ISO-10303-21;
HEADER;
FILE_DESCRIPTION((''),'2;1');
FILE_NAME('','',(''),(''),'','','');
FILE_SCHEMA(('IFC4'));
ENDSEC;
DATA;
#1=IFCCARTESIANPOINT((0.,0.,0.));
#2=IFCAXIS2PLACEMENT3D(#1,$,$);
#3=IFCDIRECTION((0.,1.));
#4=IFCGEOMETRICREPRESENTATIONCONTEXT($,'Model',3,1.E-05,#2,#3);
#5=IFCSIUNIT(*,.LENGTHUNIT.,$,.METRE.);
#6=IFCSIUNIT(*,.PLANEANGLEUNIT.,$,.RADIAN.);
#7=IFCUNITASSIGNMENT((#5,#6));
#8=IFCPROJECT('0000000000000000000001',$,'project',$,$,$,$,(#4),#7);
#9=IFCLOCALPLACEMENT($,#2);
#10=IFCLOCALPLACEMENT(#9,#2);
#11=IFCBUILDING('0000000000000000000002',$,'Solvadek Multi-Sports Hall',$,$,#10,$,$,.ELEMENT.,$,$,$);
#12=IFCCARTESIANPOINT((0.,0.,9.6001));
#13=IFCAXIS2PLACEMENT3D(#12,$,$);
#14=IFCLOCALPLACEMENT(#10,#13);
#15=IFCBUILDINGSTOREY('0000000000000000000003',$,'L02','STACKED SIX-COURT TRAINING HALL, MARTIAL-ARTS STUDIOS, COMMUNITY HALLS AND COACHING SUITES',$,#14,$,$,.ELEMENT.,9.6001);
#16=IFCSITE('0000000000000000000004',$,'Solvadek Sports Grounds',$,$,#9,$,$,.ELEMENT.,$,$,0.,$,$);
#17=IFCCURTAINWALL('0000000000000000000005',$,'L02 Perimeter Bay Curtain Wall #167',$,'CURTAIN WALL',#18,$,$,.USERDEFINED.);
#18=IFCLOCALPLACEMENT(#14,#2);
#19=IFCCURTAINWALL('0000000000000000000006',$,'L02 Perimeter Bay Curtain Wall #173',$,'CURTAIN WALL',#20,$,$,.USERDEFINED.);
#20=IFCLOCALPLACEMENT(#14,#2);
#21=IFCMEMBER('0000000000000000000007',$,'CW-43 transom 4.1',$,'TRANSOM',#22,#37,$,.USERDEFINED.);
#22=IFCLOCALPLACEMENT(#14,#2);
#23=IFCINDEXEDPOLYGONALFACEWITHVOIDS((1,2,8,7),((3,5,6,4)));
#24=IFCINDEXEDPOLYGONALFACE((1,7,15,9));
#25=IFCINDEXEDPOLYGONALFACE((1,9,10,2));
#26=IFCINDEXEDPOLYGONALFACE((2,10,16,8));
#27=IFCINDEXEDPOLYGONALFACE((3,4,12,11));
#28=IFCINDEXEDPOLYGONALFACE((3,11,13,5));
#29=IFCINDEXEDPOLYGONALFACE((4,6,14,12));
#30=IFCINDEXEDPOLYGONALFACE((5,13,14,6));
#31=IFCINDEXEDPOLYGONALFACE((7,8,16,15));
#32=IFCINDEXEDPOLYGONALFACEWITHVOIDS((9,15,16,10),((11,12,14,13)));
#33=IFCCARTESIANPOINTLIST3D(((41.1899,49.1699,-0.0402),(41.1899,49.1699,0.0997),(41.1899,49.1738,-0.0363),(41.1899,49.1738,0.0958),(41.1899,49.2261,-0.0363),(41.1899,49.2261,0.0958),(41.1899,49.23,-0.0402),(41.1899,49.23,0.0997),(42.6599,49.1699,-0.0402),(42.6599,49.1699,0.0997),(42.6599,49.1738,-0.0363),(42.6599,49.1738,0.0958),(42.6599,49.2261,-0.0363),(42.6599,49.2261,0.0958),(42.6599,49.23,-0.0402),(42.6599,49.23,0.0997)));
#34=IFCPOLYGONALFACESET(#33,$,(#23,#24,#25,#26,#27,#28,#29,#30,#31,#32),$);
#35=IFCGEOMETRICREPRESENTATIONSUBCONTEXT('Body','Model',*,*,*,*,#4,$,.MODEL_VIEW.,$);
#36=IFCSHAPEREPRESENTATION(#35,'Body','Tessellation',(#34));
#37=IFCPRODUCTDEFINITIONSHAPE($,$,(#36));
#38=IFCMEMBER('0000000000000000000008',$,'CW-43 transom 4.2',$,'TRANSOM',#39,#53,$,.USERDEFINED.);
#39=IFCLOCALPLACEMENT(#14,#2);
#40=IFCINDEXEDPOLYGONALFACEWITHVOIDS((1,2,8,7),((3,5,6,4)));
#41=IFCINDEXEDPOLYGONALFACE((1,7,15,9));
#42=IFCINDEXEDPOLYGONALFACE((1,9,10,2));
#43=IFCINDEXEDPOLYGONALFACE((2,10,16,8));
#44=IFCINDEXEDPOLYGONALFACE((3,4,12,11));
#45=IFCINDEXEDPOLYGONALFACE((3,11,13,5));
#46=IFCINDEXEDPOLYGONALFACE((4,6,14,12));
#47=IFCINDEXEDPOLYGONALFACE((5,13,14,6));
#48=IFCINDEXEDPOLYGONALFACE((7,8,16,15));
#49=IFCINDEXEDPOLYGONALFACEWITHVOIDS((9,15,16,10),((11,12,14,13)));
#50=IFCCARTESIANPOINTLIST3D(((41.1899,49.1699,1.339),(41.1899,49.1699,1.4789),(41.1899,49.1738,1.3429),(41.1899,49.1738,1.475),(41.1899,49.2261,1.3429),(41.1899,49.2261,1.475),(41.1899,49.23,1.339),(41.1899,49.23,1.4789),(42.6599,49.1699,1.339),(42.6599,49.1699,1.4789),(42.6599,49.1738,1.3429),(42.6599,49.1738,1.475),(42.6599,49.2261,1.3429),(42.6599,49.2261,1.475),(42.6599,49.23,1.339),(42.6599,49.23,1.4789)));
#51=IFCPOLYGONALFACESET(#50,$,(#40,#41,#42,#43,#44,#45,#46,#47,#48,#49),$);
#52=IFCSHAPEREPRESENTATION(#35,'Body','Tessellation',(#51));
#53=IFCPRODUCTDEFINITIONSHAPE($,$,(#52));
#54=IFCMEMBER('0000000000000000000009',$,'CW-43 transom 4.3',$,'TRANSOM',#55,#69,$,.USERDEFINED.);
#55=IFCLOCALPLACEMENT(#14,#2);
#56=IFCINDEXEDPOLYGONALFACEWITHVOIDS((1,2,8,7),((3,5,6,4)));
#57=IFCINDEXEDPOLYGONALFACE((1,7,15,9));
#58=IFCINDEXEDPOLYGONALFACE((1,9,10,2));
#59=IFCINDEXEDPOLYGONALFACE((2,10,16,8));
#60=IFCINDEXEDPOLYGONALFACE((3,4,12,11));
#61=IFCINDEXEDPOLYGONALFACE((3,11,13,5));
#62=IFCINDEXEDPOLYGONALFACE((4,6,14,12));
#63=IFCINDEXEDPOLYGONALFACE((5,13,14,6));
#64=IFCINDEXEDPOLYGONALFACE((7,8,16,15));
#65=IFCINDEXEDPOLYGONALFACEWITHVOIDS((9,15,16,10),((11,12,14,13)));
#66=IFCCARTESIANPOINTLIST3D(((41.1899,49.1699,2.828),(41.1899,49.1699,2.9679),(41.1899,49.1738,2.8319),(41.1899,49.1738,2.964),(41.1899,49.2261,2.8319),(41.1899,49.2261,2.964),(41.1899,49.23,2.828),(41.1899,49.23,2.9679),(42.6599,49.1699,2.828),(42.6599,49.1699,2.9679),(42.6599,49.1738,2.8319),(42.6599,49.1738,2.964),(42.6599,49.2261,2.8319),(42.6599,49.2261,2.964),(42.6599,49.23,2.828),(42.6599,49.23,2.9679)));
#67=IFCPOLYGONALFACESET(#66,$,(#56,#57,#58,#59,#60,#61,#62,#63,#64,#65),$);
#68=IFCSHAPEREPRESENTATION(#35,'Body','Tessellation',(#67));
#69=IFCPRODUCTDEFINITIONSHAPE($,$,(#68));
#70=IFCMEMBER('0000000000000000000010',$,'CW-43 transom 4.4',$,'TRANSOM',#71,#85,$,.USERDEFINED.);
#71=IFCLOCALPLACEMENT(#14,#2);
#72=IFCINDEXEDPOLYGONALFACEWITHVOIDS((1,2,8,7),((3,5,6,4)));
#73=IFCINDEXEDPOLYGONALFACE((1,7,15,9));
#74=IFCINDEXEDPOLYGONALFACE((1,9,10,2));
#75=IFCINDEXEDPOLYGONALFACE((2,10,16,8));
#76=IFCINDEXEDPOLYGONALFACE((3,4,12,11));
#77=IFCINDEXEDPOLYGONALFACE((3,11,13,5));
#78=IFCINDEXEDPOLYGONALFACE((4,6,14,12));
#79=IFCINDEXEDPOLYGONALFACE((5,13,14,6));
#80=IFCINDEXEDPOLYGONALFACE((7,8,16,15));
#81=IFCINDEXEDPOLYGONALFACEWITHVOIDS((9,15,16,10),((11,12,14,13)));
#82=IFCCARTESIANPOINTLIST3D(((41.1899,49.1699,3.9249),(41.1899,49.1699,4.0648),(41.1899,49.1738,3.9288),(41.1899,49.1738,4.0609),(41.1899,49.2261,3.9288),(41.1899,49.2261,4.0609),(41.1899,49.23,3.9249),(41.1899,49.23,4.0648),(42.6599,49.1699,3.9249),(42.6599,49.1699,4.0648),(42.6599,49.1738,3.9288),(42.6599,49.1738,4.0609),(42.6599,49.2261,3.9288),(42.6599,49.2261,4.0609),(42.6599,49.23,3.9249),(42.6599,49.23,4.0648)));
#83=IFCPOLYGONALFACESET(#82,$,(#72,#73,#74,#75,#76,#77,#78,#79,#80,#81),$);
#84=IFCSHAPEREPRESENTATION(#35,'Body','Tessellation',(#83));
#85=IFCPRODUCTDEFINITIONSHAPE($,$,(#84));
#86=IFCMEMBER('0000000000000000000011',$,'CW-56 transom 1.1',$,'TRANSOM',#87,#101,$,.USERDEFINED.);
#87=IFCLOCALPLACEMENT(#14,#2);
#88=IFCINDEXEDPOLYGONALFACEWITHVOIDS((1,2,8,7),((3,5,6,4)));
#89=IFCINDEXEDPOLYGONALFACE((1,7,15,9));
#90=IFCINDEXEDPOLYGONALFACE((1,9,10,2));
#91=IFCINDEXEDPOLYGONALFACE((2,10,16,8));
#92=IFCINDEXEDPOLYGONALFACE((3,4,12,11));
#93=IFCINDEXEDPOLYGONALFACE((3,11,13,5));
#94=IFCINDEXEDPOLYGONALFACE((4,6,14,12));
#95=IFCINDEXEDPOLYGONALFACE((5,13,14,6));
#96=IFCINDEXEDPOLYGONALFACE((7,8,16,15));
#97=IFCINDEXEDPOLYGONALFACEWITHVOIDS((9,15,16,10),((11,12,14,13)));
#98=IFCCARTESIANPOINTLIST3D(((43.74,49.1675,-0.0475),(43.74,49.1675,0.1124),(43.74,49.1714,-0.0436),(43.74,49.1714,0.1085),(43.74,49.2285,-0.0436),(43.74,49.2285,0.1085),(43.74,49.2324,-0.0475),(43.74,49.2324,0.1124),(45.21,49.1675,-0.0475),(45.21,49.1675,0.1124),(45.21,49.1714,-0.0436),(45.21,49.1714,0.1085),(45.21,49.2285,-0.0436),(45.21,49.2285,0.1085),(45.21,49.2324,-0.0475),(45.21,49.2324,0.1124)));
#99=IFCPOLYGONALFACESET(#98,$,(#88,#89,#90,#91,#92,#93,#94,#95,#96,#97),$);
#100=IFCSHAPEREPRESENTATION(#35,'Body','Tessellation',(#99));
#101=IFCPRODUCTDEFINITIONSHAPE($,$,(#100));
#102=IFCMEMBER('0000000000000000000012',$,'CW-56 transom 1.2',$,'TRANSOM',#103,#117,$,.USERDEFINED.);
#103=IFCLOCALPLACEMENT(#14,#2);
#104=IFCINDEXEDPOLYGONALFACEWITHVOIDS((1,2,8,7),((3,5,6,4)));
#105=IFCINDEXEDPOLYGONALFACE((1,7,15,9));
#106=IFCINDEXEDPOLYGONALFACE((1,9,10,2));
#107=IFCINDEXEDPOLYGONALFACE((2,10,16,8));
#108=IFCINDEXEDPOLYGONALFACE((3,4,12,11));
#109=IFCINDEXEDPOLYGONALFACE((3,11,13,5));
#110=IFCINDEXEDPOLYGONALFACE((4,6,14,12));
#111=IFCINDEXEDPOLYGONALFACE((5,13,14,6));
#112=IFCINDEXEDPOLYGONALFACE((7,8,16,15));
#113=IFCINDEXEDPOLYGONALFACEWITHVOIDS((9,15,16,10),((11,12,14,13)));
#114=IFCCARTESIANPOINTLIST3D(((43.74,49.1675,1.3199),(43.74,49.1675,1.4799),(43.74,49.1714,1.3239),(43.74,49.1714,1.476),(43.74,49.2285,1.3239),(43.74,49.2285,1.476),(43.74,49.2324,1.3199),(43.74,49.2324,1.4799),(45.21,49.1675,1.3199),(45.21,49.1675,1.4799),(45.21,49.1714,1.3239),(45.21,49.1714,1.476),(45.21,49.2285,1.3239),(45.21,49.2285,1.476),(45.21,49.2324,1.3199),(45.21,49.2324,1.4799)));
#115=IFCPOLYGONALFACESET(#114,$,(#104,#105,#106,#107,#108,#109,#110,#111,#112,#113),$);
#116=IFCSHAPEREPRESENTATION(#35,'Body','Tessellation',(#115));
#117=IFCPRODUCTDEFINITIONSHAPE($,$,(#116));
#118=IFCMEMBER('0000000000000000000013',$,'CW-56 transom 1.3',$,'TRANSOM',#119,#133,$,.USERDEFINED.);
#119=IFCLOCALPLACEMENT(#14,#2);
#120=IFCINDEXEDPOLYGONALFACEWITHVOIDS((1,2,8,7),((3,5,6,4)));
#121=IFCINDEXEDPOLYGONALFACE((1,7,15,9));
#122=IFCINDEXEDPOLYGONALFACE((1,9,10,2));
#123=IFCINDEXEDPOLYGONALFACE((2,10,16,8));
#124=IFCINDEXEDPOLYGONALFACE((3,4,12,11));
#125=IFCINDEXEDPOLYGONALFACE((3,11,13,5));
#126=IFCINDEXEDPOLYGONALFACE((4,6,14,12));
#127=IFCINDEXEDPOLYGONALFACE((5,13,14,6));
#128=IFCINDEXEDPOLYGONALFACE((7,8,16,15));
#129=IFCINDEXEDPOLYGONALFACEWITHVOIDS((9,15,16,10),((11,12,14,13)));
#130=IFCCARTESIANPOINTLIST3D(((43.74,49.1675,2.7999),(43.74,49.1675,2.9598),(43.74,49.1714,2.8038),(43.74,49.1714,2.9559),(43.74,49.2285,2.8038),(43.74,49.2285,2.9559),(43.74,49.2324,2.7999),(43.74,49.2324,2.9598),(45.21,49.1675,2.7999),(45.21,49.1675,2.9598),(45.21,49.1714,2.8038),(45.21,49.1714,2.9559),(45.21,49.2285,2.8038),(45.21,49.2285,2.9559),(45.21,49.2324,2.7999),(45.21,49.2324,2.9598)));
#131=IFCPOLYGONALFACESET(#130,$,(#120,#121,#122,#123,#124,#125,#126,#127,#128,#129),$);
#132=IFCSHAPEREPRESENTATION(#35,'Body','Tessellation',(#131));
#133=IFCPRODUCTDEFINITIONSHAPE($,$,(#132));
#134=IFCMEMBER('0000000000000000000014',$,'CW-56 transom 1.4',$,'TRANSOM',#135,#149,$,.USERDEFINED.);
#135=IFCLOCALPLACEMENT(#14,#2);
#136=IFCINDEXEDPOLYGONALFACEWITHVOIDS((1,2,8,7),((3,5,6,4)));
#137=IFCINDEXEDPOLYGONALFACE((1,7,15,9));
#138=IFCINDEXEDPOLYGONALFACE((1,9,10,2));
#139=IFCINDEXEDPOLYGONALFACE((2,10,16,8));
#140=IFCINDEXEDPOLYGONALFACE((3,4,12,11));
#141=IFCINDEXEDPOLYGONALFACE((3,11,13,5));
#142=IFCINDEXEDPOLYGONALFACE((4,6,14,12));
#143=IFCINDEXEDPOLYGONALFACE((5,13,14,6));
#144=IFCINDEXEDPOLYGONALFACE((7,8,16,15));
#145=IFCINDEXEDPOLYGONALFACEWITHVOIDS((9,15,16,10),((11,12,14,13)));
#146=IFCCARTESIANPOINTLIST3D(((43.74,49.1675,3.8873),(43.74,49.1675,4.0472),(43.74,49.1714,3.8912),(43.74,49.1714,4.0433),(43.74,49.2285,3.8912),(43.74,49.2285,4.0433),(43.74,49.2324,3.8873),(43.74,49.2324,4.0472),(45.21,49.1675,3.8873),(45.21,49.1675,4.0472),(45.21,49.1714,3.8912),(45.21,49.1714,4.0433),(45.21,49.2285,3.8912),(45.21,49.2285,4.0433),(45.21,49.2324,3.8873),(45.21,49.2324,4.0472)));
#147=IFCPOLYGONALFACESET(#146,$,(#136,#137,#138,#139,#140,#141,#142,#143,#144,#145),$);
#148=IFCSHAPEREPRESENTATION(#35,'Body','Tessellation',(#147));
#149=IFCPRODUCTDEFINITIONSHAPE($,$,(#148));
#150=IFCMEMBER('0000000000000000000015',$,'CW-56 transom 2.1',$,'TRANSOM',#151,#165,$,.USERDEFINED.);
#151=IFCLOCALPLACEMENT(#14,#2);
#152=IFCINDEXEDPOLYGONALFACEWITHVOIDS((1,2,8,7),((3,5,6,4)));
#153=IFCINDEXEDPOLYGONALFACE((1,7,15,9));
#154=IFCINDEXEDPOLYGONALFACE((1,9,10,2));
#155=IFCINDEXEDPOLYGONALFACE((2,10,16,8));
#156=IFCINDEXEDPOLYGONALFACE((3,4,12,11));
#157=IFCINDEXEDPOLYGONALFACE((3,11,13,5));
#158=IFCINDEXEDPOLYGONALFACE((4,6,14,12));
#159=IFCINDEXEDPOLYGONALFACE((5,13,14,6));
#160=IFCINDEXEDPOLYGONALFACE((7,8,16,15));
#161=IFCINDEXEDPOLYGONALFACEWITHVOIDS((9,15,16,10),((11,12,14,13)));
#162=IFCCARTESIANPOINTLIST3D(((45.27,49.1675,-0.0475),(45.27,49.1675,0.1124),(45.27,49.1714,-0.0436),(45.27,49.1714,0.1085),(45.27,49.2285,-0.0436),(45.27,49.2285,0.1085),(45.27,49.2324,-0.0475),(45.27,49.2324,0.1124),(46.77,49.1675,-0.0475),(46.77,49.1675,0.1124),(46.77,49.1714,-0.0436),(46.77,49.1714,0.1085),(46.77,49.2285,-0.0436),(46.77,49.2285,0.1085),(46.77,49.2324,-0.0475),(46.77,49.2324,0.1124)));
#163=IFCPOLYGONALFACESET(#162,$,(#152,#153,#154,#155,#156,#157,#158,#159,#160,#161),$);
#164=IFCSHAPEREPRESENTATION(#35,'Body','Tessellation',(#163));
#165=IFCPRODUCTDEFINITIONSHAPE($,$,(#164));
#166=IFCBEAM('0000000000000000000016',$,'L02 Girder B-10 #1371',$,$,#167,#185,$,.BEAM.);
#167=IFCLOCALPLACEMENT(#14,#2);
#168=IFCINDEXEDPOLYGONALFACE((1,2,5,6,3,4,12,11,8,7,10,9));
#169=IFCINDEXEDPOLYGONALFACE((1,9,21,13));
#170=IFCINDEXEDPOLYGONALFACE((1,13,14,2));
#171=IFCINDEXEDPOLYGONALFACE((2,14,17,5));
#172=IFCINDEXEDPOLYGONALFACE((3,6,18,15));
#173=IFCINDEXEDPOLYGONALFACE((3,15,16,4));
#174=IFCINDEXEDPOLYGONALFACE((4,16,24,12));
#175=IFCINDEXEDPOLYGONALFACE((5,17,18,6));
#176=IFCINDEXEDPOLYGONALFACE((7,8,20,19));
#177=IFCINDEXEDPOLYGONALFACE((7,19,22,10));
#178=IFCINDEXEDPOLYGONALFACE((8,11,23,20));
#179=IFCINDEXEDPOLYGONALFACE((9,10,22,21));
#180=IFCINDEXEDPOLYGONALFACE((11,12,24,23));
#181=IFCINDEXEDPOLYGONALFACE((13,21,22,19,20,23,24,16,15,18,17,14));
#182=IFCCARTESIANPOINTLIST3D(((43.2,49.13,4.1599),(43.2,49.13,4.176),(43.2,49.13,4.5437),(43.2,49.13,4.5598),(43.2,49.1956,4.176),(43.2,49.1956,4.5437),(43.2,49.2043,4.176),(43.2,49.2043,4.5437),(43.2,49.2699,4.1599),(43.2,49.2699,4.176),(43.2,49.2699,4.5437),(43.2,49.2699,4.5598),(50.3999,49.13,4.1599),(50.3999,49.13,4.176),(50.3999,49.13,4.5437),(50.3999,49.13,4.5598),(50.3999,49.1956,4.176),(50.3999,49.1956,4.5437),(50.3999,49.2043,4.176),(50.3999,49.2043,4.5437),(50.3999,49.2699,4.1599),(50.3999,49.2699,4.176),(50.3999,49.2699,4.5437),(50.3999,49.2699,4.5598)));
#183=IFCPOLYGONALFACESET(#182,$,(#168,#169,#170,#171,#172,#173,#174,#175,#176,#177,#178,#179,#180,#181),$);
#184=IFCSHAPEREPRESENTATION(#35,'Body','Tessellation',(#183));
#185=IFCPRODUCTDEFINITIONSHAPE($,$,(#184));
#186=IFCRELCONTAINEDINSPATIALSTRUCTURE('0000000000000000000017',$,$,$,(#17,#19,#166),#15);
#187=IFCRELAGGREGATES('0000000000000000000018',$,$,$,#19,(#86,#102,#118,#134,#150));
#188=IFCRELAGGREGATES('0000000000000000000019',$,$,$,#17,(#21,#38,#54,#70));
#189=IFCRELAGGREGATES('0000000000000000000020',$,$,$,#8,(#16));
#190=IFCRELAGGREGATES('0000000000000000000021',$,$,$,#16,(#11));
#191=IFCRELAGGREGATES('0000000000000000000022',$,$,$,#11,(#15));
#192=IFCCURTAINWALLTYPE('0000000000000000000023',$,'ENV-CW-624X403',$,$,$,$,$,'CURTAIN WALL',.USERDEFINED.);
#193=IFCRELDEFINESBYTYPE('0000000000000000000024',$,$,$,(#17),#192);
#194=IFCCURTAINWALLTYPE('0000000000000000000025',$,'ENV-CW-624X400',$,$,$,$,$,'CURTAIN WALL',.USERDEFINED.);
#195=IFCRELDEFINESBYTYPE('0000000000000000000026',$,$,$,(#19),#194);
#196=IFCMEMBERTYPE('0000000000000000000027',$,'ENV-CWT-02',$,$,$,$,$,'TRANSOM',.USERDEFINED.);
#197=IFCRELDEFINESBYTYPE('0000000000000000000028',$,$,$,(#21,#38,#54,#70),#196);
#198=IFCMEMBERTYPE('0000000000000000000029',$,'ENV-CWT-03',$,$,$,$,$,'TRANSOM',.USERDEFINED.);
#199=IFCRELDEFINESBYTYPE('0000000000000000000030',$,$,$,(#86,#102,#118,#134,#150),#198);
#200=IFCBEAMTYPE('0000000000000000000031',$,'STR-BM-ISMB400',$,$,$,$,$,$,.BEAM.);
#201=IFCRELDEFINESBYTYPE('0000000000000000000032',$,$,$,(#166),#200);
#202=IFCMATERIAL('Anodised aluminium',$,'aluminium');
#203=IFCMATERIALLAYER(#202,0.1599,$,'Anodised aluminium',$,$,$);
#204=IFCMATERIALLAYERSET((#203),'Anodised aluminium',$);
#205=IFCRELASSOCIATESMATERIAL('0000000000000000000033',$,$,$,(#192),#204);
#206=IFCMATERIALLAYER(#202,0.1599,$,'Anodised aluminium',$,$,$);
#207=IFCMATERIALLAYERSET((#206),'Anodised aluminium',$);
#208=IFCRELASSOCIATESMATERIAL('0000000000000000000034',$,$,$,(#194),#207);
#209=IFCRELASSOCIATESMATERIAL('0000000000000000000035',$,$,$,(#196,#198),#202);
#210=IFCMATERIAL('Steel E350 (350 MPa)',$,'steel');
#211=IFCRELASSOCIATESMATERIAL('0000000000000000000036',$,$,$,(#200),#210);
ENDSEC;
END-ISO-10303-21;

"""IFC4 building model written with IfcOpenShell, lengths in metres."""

from ifc_helpers import new_model, si_unit, direction, frame, origin, origin_2d, place, context, subcontext, project, spatial, hollow_rectangle, i_section, extrude, material, layer, layer_set, material_profile, profile_set, type_object, element, aggregate, save


model = new_model("IFC4")

# Units and contexts
model_context = context("Model", 3, precision=1e-05, world=origin(), true_north=direction((0.0, 1.0)))
body_context = subcontext(model_context, "Body", "Model", "MODEL_VIEW")
ifc_project = project(units=[si_unit("LENGTHUNIT", "METRE"), si_unit("PLANEANGLEUNIT", "RADIAN")], contexts=[model_context])

# Site, building, storey
site_placement = place(None, origin())
site = spatial("IfcSite", under=ifc_project, at=site_placement, Name="Solvadek Sports Grounds", CompositionType="ELEMENT", RefElevation=0.0)
building_placement = place(site_placement, origin())
building = spatial("IfcBuilding", under=site, at=building_placement, Name="Solvadek Multi-Sports Hall", CompositionType="ELEMENT")
storey_placement = place(building_placement, frame((0.0, 0.0, 9.6001)))
storey = spatial("IfcBuildingStorey", under=building, at=storey_placement, Name="L02", Description="STACKED SIX-COURT TRAINING HALL, MARTIAL-ARTS STUDIOS, COMMUNITY HALLS AND COACHING SUITES", CompositionType="ELEMENT", Elevation=9.6001)

# Shared definitions
ifc_material_1 = material(Name="Steel E350 (350 MPa)", Category="steel")

# Curtain walls
ifc_material_2 = material(Name="Anodised aluminium", Category="aluminium")
ifc_layer_1 = layer(ifc_material_2, 0.1599, Name="Anodised aluminium")
ifc_layer_set_1 = layer_set([ifc_layer_1], Name="Anodised aluminium")
curtain_wall_type_1 = type_object("IfcCurtainWallType", Name="ENV-CW-624X403", ElementType="CURTAIN WALL", PredefinedType="USERDEFINED", material=ifc_layer_set_1)
curtain_wall_1_placement = place(storey_placement, origin())
curtain_wall_1 = element("IfcCurtainWall", 1, at=curtain_wall_1_placement, inside=storey, type_object=curtain_wall_type_1, Name="L02 Perimeter Bay Curtain Wall #167", ObjectType="CURTAIN WALL", PredefinedType="USERDEFINED")
ifc_layer_2 = layer(ifc_material_2, 0.1599, Name="Anodised aluminium")
ifc_layer_set_2 = layer_set([ifc_layer_2], Name="Anodised aluminium")
curtain_wall_type_2 = type_object("IfcCurtainWallType", Name="ENV-CW-624X400", ElementType="CURTAIN WALL", PredefinedType="USERDEFINED", material=ifc_layer_set_2)
curtain_wall_2_placement = place(storey_placement, origin())
curtain_wall_2 = element("IfcCurtainWall", 2, at=curtain_wall_2_placement, inside=storey, type_object=curtain_wall_type_2, Name="L02 Perimeter Bay Curtain Wall #173", ObjectType="CURTAIN WALL", PredefinedType="USERDEFINED")

# Members
ifc_material_profile_1 = material_profile(ifc_material_2, hollow_rectangle(XDim=0.0601, YDim=0.1399, WallThickness=0.0039, at=origin_2d()), Name="ALU-T 140x60x4")
ifc_profile_set_1 = profile_set([ifc_material_profile_1], Name="Anodised aluminium")
member_type_1 = type_object("IfcMemberType", Name="ENV-CWT-02", ElementType="TRANSOM", PredefinedType="USERDEFINED", material=ifc_profile_set_1)
member_1_placement = place(storey_placement, frame((41.1899, 49.2, 0.0298), z_axis=(1.0, 0.0, 0.0), x_axis=(0.0, 1.0, 0.0)))
member_1 = element("IfcMember", 3, at=member_1_placement, type_object=member_type_1, Name="CW-43 transom 4.1", ObjectType="TRANSOM", PredefinedType="USERDEFINED", context=body_context, shape_type="SweptSolid", body=[
    extrude(hollow_rectangle(XDim=0.0601, YDim=0.1399, WallThickness=0.0039, at=origin_2d()), origin(), (0.0, 0.0, 1.0), 1.47),
])
member_2_placement = place(storey_placement, frame((41.1899, 49.2, 1.4089), z_axis=(1.0, 0.0, 0.0), x_axis=(0.0, 1.0, 0.0)))
member_2 = element("IfcMember", 4, at=member_2_placement, type_object=member_type_1, Name="CW-43 transom 4.2", ObjectType="TRANSOM", PredefinedType="USERDEFINED", context=body_context, shape_type="SweptSolid", body=[
    extrude(hollow_rectangle(XDim=0.0601, YDim=0.1399, WallThickness=0.0039, at=origin_2d()), origin(), (0.0, 0.0, 1.0), 1.47),
])
member_3_placement = place(storey_placement, frame((41.1899, 49.2, 2.8979), z_axis=(1.0, 0.0, 0.0), x_axis=(0.0, 1.0, 0.0)))
member_3 = element("IfcMember", 5, at=member_3_placement, type_object=member_type_1, Name="CW-43 transom 4.3", ObjectType="TRANSOM", PredefinedType="USERDEFINED", context=body_context, shape_type="SweptSolid", body=[
    extrude(hollow_rectangle(XDim=0.0601, YDim=0.1399, WallThickness=0.0039, at=origin_2d()), origin(), (0.0, 0.0, 1.0), 1.47),
])
member_4_placement = place(storey_placement, frame((41.1899, 49.2, 3.9949), z_axis=(1.0, 0.0, 0.0), x_axis=(0.0, 1.0, 0.0)))
member_4 = element("IfcMember", 6, at=member_4_placement, type_object=member_type_1, Name="CW-43 transom 4.4", ObjectType="TRANSOM", PredefinedType="USERDEFINED", context=body_context, shape_type="SweptSolid", body=[
    extrude(hollow_rectangle(XDim=0.0601, YDim=0.1399, WallThickness=0.0039, at=origin_2d()), origin(), (0.0, 0.0, 1.0), 1.47),
])
ifc_material_profile_2 = material_profile(ifc_material_2, hollow_rectangle(XDim=0.0649, YDim=0.1599, WallThickness=0.0039, at=origin_2d()), Name="ALU-T 160x65x4")
ifc_profile_set_2 = profile_set([ifc_material_profile_2], Name="Anodised aluminium")
member_type_2 = type_object("IfcMemberType", Name="ENV-CWT-03", ElementType="TRANSOM", PredefinedType="USERDEFINED", material=ifc_profile_set_2)
member_5_placement = place(storey_placement, frame((43.74, 49.2, 0.0325), z_axis=(1.0, 0.0, 0.0), x_axis=(0.0, 1.0, 0.0)))
member_5 = element("IfcMember", 7, at=member_5_placement, type_object=member_type_2, Name="CW-56 transom 1.1", ObjectType="TRANSOM", PredefinedType="USERDEFINED", context=body_context, shape_type="SweptSolid", body=[
    extrude(hollow_rectangle(XDim=0.0649, YDim=0.1599, WallThickness=0.0039, at=origin_2d()), origin(), (0.0, 0.0, 1.0), 1.47),
])
member_6_placement = place(storey_placement, frame((43.74, 49.2, 1.3999), z_axis=(1.0, 0.0, 0.0), x_axis=(0.0, 1.0, 0.0)))
member_6 = element("IfcMember", 8, at=member_6_placement, type_object=member_type_2, Name="CW-56 transom 1.2", ObjectType="TRANSOM", PredefinedType="USERDEFINED", context=body_context, shape_type="SweptSolid", body=[
    extrude(hollow_rectangle(XDim=0.0649, YDim=0.1599, WallThickness=0.0039, at=origin_2d()), origin(), (0.0, 0.0, 1.0), 1.47),
])
member_7_placement = place(storey_placement, frame((43.74, 49.2, 2.8799), z_axis=(1.0, 0.0, 0.0), x_axis=(0.0, 1.0, 0.0)))
member_7 = element("IfcMember", 9, at=member_7_placement, type_object=member_type_2, Name="CW-56 transom 1.3", ObjectType="TRANSOM", PredefinedType="USERDEFINED", context=body_context, shape_type="SweptSolid", body=[
    extrude(hollow_rectangle(XDim=0.0649, YDim=0.1599, WallThickness=0.0039, at=origin_2d()), origin(), (0.0, 0.0, 1.0), 1.47),
])
member_8_placement = place(storey_placement, frame((43.74, 49.2, 3.9673), z_axis=(1.0, 0.0, 0.0), x_axis=(0.0, 1.0, 0.0)))
member_8 = element("IfcMember", 10, at=member_8_placement, type_object=member_type_2, Name="CW-56 transom 1.4", ObjectType="TRANSOM", PredefinedType="USERDEFINED", context=body_context, shape_type="SweptSolid", body=[
    extrude(hollow_rectangle(XDim=0.0649, YDim=0.1599, WallThickness=0.0039, at=origin_2d()), origin(), (0.0, 0.0, 1.0), 1.47),
])
member_9_placement = place(storey_placement, frame((45.27, 49.2, 0.0325), z_axis=(1.0, 0.0, 0.0), x_axis=(0.0, 1.0, 0.0)))
member_9 = element("IfcMember", 11, at=member_9_placement, type_object=member_type_2, Name="CW-56 transom 2.1", ObjectType="TRANSOM", PredefinedType="USERDEFINED", context=body_context, shape_type="SweptSolid", body=[
    extrude(hollow_rectangle(XDim=0.0649, YDim=0.1599, WallThickness=0.0039, at=origin_2d()), origin(), (0.0, 0.0, 1.0), 1.5),
])

# Beam
ifc_material_profile_3 = material_profile(ifc_material_1, i_section(OverallWidth=0.1399, OverallDepth=0.3999, WebThickness=0.0088, FlangeThickness=0.0161, at=origin_2d()), Name="ISMB 400")
ifc_profile_set_3 = profile_set([ifc_material_profile_3], Name="Steel E350 (350 MPa)")
beam_type = type_object("IfcBeamType", Name="STR-BM-ISMB400", PredefinedType="BEAM", material=ifc_profile_set_3)
beam_placement = place(storey_placement, frame((43.2, 49.2, 4.3599), z_axis=(1.0, 0.0, 0.0), x_axis=(0.0, 1.0, 0.0)))
element("IfcBeam", 12, at=beam_placement, inside=storey, type_object=beam_type, Name="L02 Girder B-10 #1371", PredefinedType="BEAM", context=body_context, shape_type="SweptSolid", body=[
    extrude(i_section(OverallWidth=0.1399, OverallDepth=0.3999, WebThickness=0.0088, FlangeThickness=0.0161, at=origin_2d()), origin(), (0.0, 0.0, 1.0), 7.2),
])

aggregate(curtain_wall_2, [member_5, member_6, member_7, member_8, member_9])
aggregate(curtain_wall_1, [member_1, member_2, member_3, member_4])

save(model, "model.ifc")
